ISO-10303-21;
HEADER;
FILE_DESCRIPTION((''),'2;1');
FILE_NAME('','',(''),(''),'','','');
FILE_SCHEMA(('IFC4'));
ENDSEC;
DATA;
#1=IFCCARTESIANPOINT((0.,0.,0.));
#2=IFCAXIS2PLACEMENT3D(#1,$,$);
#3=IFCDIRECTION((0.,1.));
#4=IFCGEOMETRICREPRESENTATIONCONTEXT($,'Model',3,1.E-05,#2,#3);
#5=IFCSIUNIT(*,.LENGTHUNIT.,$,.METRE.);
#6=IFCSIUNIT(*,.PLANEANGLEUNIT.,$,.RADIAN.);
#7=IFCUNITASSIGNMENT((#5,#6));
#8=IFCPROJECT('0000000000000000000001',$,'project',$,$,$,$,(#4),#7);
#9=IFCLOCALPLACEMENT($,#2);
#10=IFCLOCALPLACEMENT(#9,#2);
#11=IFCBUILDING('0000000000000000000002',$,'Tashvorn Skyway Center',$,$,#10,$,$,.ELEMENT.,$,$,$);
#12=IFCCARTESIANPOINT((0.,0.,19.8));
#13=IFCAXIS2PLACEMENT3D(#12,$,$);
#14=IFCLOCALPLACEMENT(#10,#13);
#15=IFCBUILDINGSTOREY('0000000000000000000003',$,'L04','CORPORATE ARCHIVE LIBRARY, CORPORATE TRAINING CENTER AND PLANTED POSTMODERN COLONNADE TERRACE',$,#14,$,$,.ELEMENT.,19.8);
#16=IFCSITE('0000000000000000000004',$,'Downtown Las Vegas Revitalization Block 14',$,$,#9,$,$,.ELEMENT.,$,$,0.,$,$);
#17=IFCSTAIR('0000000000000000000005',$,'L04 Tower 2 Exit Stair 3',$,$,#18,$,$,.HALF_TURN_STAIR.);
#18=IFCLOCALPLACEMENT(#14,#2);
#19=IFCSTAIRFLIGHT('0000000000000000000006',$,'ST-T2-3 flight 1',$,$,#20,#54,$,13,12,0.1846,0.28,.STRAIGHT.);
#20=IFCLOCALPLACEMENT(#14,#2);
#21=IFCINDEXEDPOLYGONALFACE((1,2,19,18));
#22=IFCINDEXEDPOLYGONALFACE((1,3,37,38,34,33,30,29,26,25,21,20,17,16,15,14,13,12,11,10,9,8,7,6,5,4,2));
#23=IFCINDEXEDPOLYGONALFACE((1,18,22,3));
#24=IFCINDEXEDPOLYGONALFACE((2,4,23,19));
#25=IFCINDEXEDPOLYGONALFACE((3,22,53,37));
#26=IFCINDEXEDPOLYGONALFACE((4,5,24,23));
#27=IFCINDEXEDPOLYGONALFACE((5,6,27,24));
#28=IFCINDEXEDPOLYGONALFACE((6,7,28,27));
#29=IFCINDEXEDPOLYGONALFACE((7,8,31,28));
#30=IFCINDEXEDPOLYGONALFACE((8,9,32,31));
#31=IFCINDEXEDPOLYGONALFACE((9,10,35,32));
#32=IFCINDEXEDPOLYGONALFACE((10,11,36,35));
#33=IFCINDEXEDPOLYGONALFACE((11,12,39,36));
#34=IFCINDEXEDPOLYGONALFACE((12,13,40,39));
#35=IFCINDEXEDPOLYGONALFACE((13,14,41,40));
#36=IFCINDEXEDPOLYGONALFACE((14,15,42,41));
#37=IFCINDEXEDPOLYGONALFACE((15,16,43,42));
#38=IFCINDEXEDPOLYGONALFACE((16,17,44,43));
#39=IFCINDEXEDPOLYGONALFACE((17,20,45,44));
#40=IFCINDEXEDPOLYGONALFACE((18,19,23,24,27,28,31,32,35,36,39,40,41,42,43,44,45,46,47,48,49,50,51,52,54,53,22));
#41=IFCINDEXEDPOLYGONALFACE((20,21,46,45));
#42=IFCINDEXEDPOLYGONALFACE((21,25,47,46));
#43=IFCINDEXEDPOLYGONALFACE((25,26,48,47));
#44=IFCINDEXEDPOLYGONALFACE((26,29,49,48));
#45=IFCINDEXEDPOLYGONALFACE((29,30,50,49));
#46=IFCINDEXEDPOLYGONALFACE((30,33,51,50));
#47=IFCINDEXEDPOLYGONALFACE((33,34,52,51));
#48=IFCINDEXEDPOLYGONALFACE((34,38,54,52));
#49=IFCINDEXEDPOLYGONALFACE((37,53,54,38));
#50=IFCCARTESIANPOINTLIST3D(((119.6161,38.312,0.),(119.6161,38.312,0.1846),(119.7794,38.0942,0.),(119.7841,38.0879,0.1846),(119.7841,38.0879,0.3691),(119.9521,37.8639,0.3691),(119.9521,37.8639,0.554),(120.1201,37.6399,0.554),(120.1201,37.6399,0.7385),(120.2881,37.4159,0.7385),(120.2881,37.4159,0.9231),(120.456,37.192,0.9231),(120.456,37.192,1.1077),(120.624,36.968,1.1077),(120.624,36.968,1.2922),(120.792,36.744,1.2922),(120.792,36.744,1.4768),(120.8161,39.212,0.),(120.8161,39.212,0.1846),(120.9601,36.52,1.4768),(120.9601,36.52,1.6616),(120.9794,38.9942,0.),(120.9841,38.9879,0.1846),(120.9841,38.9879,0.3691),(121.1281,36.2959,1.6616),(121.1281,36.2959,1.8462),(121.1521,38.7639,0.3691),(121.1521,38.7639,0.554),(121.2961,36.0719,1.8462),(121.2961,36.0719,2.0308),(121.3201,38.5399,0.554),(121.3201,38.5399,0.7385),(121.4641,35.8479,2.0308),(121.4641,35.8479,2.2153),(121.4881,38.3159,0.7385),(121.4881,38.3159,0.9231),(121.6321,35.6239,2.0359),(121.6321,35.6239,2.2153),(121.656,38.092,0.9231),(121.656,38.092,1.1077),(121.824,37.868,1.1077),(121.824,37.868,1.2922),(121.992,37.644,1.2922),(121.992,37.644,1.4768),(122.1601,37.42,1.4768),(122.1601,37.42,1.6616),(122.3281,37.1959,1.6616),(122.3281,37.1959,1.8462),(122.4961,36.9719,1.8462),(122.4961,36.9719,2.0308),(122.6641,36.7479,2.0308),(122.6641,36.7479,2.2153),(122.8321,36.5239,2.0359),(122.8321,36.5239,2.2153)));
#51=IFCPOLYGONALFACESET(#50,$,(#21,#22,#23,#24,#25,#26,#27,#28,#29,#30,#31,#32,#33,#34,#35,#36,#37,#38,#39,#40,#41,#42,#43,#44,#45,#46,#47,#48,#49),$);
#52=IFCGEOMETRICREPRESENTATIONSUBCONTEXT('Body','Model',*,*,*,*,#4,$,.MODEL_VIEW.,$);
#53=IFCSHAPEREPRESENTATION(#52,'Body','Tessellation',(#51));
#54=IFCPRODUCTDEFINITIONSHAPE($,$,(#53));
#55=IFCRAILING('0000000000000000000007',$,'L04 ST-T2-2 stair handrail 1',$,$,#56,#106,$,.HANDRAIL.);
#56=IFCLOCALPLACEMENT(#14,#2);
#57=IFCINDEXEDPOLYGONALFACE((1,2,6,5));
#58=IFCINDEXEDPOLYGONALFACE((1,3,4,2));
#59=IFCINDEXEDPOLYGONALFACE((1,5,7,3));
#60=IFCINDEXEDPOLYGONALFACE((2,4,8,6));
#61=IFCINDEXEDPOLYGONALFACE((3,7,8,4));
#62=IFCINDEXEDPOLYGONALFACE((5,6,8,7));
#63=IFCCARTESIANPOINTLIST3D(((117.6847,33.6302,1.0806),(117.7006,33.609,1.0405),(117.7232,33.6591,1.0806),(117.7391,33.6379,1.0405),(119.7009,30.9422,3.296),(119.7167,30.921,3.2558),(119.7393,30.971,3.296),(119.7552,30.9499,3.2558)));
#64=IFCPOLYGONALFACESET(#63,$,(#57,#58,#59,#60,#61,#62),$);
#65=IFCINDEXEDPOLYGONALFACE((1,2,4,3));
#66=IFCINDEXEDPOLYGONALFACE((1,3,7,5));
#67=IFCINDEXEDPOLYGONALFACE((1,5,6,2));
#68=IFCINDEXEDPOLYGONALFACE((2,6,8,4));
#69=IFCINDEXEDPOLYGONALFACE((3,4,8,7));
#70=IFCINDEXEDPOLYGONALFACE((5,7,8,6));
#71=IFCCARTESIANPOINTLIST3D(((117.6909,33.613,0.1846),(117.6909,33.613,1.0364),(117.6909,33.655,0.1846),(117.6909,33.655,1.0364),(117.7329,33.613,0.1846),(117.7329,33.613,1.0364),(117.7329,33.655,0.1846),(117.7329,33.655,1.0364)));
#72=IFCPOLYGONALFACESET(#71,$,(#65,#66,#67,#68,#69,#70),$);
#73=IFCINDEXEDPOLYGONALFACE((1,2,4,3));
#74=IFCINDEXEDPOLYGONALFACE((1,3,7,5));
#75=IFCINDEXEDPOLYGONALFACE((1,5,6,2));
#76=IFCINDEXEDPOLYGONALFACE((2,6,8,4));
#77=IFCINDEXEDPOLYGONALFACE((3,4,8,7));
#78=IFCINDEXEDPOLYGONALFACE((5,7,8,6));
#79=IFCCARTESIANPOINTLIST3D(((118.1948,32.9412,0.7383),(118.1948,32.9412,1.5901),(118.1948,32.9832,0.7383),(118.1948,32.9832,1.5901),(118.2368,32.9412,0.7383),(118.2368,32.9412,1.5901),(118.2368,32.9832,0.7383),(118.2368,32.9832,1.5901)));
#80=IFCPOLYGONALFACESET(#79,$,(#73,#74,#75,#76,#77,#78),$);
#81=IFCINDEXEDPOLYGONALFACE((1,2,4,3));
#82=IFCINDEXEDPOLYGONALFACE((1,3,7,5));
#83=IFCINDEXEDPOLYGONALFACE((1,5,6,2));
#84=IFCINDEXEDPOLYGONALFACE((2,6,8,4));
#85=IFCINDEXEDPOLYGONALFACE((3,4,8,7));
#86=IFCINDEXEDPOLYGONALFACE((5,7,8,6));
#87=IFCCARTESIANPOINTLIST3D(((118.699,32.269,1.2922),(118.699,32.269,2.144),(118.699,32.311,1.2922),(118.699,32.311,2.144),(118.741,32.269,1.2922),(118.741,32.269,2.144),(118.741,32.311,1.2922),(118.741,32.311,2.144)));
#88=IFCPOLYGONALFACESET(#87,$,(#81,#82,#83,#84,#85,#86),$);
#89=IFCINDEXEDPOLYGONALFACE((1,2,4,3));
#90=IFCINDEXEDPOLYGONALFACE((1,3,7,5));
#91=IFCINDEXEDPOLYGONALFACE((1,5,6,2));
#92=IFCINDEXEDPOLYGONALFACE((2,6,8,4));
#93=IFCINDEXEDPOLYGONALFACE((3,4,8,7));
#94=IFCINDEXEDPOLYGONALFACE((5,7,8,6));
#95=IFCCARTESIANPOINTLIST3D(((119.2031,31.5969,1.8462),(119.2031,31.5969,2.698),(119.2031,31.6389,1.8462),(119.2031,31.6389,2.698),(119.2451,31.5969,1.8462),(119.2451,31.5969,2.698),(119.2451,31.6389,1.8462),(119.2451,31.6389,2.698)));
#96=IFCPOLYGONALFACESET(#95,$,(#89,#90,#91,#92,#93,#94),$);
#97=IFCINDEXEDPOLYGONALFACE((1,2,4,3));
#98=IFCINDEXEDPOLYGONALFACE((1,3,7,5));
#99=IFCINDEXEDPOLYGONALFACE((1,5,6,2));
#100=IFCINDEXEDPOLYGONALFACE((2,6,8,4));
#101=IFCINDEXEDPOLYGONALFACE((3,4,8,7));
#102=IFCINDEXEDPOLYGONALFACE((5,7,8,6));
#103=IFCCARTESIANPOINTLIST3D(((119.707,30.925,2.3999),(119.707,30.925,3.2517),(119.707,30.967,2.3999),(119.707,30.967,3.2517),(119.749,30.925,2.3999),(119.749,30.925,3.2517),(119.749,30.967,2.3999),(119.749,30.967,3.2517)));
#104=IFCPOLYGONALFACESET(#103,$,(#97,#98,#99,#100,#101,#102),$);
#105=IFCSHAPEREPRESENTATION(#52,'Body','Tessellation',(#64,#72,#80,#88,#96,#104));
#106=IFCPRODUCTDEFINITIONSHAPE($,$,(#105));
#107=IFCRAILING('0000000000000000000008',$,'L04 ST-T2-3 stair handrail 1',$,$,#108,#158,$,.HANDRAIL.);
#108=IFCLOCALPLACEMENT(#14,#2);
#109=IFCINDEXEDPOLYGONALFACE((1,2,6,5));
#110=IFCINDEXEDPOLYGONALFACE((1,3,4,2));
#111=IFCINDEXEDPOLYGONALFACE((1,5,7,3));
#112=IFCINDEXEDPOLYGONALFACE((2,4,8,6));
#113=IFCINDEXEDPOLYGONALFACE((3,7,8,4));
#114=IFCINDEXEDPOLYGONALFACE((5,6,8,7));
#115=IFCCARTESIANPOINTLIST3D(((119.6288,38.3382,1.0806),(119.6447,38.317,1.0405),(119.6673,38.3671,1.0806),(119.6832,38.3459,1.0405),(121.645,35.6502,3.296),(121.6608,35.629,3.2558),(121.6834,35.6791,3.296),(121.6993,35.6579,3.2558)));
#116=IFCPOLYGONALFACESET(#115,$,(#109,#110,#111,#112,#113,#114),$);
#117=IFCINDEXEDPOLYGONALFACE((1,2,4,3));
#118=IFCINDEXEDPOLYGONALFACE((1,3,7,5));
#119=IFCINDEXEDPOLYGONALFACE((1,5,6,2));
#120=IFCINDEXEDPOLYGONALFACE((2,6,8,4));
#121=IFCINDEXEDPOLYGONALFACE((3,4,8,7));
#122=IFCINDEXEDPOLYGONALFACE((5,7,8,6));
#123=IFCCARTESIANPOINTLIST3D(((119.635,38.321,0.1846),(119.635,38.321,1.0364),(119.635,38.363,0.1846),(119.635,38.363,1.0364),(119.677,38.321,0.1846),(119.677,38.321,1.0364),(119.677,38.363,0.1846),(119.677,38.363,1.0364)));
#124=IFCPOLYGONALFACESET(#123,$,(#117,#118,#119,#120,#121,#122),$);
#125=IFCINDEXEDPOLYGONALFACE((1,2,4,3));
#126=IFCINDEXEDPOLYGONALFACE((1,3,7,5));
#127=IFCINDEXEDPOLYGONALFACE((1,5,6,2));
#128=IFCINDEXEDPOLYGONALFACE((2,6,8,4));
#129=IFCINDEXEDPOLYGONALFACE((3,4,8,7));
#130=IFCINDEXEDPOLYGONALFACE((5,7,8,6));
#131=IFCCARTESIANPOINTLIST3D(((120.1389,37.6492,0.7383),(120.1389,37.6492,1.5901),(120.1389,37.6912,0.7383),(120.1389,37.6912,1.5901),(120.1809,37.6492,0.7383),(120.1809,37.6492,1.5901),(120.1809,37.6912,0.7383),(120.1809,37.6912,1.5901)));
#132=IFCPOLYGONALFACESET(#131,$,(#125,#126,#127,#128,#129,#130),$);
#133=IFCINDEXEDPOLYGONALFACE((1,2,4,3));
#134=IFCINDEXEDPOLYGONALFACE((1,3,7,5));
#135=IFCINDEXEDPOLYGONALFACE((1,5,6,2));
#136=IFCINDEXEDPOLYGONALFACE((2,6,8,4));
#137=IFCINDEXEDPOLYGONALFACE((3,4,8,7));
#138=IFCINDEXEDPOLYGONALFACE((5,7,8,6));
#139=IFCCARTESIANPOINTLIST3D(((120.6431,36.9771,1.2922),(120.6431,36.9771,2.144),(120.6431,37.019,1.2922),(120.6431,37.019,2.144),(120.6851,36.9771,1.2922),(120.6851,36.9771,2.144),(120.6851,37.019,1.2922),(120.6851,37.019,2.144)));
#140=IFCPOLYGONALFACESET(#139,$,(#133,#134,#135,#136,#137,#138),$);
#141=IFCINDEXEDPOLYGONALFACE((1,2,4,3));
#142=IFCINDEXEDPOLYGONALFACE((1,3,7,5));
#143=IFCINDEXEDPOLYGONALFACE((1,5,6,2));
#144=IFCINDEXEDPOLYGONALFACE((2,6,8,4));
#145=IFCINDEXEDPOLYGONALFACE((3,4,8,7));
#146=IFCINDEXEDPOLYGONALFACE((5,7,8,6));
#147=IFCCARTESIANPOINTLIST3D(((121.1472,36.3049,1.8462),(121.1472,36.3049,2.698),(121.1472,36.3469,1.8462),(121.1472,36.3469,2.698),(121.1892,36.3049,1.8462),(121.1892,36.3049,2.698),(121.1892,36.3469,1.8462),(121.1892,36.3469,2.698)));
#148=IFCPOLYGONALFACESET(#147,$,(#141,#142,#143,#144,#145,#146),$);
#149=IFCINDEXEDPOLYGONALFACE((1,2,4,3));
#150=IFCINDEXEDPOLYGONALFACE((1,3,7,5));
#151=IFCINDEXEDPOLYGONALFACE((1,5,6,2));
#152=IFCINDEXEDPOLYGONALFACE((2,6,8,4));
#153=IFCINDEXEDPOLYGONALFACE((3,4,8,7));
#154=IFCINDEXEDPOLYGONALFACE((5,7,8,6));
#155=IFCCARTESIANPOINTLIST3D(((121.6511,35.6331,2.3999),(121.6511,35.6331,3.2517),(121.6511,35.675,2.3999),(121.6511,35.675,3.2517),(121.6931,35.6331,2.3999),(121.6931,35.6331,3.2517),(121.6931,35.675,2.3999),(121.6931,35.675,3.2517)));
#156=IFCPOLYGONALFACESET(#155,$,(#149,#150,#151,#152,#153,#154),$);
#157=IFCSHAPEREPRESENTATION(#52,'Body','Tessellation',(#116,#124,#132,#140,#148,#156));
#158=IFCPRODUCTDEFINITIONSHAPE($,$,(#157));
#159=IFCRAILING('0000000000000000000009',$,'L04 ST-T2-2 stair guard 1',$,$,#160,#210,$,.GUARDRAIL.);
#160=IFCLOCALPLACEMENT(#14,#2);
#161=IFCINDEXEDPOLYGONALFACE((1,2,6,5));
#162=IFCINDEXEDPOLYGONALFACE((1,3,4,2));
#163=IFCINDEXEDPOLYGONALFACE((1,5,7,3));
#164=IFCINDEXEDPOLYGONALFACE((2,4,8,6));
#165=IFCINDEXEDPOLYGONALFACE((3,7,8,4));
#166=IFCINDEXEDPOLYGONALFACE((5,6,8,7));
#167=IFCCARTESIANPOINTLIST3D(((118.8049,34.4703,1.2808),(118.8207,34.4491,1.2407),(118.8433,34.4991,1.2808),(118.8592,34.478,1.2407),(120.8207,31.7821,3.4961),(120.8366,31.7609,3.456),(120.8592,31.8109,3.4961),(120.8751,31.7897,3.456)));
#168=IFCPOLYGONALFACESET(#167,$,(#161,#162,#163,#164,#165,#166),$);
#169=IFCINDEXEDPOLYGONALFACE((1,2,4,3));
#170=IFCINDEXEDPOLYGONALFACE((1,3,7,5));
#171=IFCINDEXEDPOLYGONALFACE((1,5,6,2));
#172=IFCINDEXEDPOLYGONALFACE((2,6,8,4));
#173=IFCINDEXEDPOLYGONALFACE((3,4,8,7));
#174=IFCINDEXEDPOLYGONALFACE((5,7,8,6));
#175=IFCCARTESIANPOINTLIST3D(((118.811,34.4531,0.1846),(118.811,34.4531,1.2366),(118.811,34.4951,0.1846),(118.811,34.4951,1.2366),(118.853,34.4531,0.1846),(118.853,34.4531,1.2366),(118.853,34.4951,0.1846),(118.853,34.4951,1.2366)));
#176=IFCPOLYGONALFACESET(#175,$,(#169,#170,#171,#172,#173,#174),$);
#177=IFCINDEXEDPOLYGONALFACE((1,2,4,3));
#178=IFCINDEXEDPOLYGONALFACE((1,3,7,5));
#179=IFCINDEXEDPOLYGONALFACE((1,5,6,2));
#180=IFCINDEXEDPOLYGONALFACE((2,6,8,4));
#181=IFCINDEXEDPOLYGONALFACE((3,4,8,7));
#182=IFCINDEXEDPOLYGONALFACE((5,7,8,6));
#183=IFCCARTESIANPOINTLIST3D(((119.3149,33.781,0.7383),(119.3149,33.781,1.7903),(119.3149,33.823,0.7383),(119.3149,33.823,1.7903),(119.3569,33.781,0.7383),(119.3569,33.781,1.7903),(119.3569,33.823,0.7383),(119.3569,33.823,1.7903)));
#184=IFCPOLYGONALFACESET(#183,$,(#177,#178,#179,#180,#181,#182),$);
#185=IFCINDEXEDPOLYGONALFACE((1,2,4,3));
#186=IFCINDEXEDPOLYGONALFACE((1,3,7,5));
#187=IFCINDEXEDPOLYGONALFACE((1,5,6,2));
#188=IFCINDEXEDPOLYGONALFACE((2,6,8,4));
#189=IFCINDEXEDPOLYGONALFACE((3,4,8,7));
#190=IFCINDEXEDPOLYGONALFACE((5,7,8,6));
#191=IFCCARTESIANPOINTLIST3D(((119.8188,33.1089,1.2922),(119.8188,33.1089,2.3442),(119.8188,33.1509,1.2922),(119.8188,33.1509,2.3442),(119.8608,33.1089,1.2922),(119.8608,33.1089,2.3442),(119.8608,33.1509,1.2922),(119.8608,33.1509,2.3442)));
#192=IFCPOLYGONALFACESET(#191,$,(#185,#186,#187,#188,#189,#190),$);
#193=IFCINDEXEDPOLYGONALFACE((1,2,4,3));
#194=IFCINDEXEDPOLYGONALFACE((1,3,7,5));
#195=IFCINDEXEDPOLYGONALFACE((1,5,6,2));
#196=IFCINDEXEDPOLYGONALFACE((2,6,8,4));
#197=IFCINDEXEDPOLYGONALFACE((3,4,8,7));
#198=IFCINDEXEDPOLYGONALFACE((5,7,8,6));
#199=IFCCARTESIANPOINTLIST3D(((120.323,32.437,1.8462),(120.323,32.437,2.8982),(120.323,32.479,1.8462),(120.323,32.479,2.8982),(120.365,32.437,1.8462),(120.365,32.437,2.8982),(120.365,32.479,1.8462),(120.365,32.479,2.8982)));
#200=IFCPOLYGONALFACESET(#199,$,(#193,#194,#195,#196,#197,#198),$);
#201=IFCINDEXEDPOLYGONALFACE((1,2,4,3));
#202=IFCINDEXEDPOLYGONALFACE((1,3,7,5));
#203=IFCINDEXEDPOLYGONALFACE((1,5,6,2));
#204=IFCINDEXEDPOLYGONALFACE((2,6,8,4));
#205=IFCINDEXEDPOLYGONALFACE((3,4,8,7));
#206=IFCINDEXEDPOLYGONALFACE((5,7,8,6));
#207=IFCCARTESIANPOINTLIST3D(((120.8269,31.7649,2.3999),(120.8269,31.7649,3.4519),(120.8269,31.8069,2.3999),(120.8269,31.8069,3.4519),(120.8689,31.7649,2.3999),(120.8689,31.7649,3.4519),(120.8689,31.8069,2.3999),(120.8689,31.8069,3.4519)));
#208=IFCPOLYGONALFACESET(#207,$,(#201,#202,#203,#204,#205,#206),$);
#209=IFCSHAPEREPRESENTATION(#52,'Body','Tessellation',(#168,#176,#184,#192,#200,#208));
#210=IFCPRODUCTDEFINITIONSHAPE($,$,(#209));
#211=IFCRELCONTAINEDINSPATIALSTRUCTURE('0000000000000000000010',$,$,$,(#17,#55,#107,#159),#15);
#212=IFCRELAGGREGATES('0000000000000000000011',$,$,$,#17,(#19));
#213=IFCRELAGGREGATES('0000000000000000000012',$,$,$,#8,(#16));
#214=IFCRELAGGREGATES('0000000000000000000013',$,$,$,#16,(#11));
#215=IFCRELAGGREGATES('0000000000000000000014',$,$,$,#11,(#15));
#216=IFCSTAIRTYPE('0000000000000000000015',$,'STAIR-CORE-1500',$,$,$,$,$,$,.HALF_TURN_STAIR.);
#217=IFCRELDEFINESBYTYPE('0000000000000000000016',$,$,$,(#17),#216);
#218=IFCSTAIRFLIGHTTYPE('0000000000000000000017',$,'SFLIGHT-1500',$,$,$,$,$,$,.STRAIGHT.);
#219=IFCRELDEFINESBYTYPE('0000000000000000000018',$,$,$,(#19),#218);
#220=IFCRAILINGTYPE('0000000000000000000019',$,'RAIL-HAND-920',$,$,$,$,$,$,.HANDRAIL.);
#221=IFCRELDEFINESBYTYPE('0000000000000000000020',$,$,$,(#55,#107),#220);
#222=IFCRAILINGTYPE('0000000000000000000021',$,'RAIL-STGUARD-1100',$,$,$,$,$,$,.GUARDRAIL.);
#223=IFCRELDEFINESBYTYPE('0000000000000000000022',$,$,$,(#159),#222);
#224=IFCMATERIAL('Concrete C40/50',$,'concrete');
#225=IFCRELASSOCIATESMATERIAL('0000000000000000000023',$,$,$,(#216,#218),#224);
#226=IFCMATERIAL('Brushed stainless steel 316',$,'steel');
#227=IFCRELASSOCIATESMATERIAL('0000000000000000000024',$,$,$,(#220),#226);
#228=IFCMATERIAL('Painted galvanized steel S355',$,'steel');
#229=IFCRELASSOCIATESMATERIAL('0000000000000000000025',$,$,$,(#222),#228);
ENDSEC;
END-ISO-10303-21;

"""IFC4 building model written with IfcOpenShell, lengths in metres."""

from ifc_helpers import new_model, si_unit, direction, frame, origin, origin_2d, place, context, subcontext, project, spatial, polyline, rectangle, outline, extrude, material, type_object, element, aggregate, save


model = new_model("IFC4")

# Units and contexts
model_context = context("Model", 3, precision=1e-05, world=origin(), true_north=direction((0.0, 1.0)))
body_context = subcontext(model_context, "Body", "Model", "MODEL_VIEW")
ifc_project = project(units=[si_unit("LENGTHUNIT", "METRE"), si_unit("PLANEANGLEUNIT", "RADIAN")], contexts=[model_context])

# Site, building, storey
site_placement = place(None, origin())
site = spatial("IfcSite", under=ifc_project, at=site_placement, Name="Downtown Las Vegas Revitalization Block 14", CompositionType="ELEMENT", RefElevation=0.0)
building_placement = place(site_placement, origin())
building = spatial("IfcBuilding", under=site, at=building_placement, Name="Tashvorn Skyway Center", CompositionType="ELEMENT")
storey_placement = place(building_placement, frame((0.0, 0.0, 19.8)))
storey = spatial("IfcBuildingStorey", under=building, at=storey_placement, Name="L04", Description="CORPORATE ARCHIVE LIBRARY, CORPORATE TRAINING CENTER AND PLANTED POSTMODERN COLONNADE TERRACE", CompositionType="ELEMENT", Elevation=19.8)

# Shared definitions
ifc_material_1 = material(Name="Concrete C40/50", Category="concrete")

# Stair, stair flight
stair_type = type_object("IfcStairType", Name="STAIR-CORE-1500", PredefinedType="HALF_TURN_STAIR", material=ifc_material_1)
stair_flight_type = type_object("IfcStairFlightType", Name="SFLIGHT-1500", PredefinedType="STRAIGHT", material=ifc_material_1)
stair_1_placement = place(storey_placement, origin())
stair_1 = element("IfcStair", 1, at=stair_1_placement, inside=storey, type_object=stair_type, Name="L04 Tower 2 Exit Stair 3", PredefinedType="HALF_TURN_STAIR")
stair_flight_1_placement = place(storey_placement, frame((120.2161, 38.762, 0.0), z_axis=(0.0, 0.0, 1.0), x_axis=(0.6, -0.8, 0.0)))
stair_flight_1 = element("IfcStairFlight", 2, at=stair_flight_1_placement, type_object=stair_flight_type, Name="ST-T2-3 flight 1", NumberOfRisers=13, NumberOfTreads=12, PredefinedType="STRAIGHT", RiserHeight=0.1846, TreadLength=0.28, context=body_context, shape_type="SweptSolid", body=[
    extrude(outline(polyline([(0.0, 0.0), (0.0, 0.1846), (0.28, 0.1846), (0.28, 0.3691), (0.5601, 0.3691), (0.5601, 0.554), (0.8401, 0.554), (0.8401, 0.7385), (1.1201, 0.7385), (1.1201, 0.9231), (1.3999, 0.9231), (1.3999, 1.1077), (1.6799, 1.1077), (1.6799, 1.2922), (1.96, 1.2922), (1.96, 1.4768), (2.24, 1.4768), (2.24, 1.6616), (2.52, 1.6616), (2.52, 1.8462), (2.8, 1.8462), (2.8, 2.0308), (3.0801, 2.0308), (3.0801, 2.2153), (3.3601, 2.2153), (3.3601, 2.3999), (3.3601, 2.0359), (0.2722, 0.0), (0.0, 0.0)])), frame((0.0, 0.75, 0.0), z_axis=(0.0, -1.0, 0.0), x_axis=(1.0, 0.0, 0.0)), (0.0, 0.0, 1.0), 1.5),
])
aggregate(stair_1, [stair_flight_1])

# Railings
ifc_material_2 = material(Name="Brushed stainless steel 316", Category="steel")
railing_type_1 = type_object("IfcRailingType", Name="RAIL-HAND-920", PredefinedType="HANDRAIL", material=ifc_material_2)
for number, where, name in (
    (3, (117.7119, 33.634, 0.1846), "L04 ST-T2-2 stair handrail 1"),
    (4, (119.656, 38.342, 0.1846), "L04 ST-T2-3 stair handrail 1"),
):
    element("IfcRailing", number, at=place(storey_placement, frame(where)), inside=storey, type_object=railing_type_1, Name=name, PredefinedType="HANDRAIL", context=body_context, shape_type="SweptSolid", body=[
        extrude(rectangle(XDim=0.0481, YDim=0.0481, at=origin_2d()), frame((0.0, 0.0, 0.876), z_axis=(0.500943, -0.667884, 0.550443), x_axis=(0.799983, 0.600023, 0.0)), (0.0, 0.0, 1.0), 4.0247),
        extrude(rectangle(XDim=0.042, YDim=0.042, at=origin_2d()), origin(), (0.0, 0.0, 1.0), 0.8518),
        extrude(rectangle(XDim=0.042, YDim=0.042, at=origin_2d()), frame((0.5039, -0.6719, 0.5537)), (0.0, 0.0, 1.0), 0.8518),
        extrude(rectangle(XDim=0.042, YDim=0.042, at=origin_2d()), frame((1.0081, -1.344, 1.1077)), (0.0, 0.0, 1.0), 0.8518),
        extrude(rectangle(XDim=0.042, YDim=0.042, at=origin_2d()), frame((1.5122, -2.0161, 1.6616)), (0.0, 0.0, 1.0), 0.8518),
        extrude(rectangle(XDim=0.042, YDim=0.042, at=origin_2d()), frame((2.0161, -2.688, 2.2153)), (0.0, 0.0, 1.0), 0.8518),
    ])
ifc_material_3 = material(Name="Painted galvanized steel S355", Category="steel")
railing_type_2 = type_object("IfcRailingType", Name="RAIL-STGUARD-1100", PredefinedType="GUARDRAIL", material=ifc_material_3)
railing_1_placement = place(storey_placement, frame((118.832, 34.4741, 0.1846)))
element("IfcRailing", 5, at=railing_1_placement, inside=storey, type_object=railing_type_2, Name="L04 ST-T2-2 stair guard 1", PredefinedType="GUARDRAIL", context=body_context, shape_type="SweptSolid", body=[
    extrude(rectangle(XDim=0.0481, YDim=0.0481, at=origin_2d()), frame((0.0, 0.0, 1.0762), z_axis=(0.500877, -0.667938, 0.550437), x_axis=(0.800044, 0.599942, 0.0)), (0.0, 0.0, 1.0), 4.0247),
    extrude(rectangle(XDim=0.042, YDim=0.042, at=origin_2d()), origin(), (0.0, 0.0, 1.0), 1.052),
    extrude(rectangle(XDim=0.042, YDim=0.042, at=origin_2d()), frame((0.5039, -0.6721, 0.5537)), (0.0, 0.0, 1.0), 1.052),
    extrude(rectangle(XDim=0.042, YDim=0.042, at=origin_2d()), frame((1.0078, -1.3442, 1.1077)), (0.0, 0.0, 1.0), 1.052),
    extrude(rectangle(XDim=0.042, YDim=0.042, at=origin_2d()), frame((1.512, -2.0161, 1.6616)), (0.0, 0.0, 1.0), 1.052),
    extrude(rectangle(XDim=0.042, YDim=0.042, at=origin_2d()), frame((2.0159, -2.6882, 2.2153)), (0.0, 0.0, 1.0), 1.052),
])

save(model, "model.ifc")
